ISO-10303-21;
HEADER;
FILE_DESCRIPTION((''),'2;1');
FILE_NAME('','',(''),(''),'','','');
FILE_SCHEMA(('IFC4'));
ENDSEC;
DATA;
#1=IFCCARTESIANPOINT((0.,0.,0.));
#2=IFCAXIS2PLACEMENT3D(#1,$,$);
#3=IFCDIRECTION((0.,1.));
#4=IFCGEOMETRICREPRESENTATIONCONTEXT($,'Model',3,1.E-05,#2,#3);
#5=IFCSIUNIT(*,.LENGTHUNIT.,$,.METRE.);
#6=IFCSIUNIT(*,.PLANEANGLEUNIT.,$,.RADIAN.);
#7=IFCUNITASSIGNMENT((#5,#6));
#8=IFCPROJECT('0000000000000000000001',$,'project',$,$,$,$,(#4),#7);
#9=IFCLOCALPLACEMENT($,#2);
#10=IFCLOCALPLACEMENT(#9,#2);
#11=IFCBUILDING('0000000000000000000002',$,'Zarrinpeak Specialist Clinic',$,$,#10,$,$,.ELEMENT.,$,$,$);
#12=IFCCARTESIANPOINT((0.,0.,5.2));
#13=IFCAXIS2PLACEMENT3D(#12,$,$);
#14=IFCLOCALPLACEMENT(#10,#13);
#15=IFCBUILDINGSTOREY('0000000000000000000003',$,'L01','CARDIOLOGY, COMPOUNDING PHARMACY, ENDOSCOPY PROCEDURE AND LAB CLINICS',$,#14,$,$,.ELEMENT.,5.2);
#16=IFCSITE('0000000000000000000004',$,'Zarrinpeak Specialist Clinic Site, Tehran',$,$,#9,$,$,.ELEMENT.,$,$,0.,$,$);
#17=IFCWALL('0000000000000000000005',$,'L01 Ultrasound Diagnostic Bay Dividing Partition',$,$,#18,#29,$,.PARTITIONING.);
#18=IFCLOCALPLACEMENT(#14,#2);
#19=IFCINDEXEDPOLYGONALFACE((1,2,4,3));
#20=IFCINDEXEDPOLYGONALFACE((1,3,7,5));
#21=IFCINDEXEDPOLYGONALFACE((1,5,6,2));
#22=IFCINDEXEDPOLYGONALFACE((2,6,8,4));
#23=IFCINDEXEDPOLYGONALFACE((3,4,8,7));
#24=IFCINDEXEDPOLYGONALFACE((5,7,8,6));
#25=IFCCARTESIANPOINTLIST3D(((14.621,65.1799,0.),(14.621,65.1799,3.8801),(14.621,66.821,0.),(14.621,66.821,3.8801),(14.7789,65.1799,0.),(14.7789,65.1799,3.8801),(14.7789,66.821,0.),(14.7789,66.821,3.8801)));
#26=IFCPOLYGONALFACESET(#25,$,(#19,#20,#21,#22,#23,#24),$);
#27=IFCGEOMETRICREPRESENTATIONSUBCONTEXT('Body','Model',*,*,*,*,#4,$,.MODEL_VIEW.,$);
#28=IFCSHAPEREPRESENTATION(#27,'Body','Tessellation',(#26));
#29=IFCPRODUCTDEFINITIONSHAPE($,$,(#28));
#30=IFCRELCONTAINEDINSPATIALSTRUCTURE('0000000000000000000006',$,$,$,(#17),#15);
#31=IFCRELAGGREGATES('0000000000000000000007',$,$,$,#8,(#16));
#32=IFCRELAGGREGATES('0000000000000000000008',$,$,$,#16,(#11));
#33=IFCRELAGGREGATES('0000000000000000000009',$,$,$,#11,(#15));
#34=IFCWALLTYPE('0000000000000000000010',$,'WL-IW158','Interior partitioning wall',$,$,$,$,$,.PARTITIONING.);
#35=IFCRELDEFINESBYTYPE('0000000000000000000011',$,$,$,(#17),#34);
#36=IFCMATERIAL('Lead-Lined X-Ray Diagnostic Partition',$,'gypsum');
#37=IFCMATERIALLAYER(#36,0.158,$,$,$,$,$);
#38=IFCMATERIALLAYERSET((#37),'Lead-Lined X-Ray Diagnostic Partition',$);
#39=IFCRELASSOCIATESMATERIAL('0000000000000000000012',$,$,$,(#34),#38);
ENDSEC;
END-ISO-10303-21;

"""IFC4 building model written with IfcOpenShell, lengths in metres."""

from ifc_helpers import new_model, si_unit, direction, frame, frame_2d, origin, place, context, subcontext, project, spatial, rectangle, extrude, material, layer, layer_set, type_object, element, save


model = new_model("IFC4")

# Units and contexts
model_context = context("Model", 3, precision=1e-05, world=origin(), true_north=direction((0.0, 1.0)))
body_context = subcontext(model_context, "Body", "Model", "MODEL_VIEW")
ifc_project = project(units=[si_unit("LENGTHUNIT", "METRE"), si_unit("PLANEANGLEUNIT", "RADIAN")], contexts=[model_context])

# Site, building, storey
site_placement = place(None, origin())
site = spatial("IfcSite", under=ifc_project, at=site_placement, Name="Zarrinpeak Specialist Clinic Site, Tehran", CompositionType="ELEMENT", RefElevation=0.0)
building_placement = place(site_placement, origin())
building = spatial("IfcBuilding", under=site, at=building_placement, Name="Zarrinpeak Specialist Clinic", CompositionType="ELEMENT")
storey_placement = place(building_placement, frame((0.0, 0.0, 5.2)))
storey = spatial("IfcBuildingStorey", under=building, at=storey_placement, Name="L01", Description="CARDIOLOGY, COMPOUNDING PHARMACY, ENDOSCOPY PROCEDURE AND LAB CLINICS", CompositionType="ELEMENT", Elevation=5.2)

# Wall
ifc_material_1 = material(Name="Lead-Lined X-Ray Diagnostic Partition", Category="gypsum")
ifc_layer_1 = layer(ifc_material_1, 0.158)
ifc_layer_set_1 = layer_set([ifc_layer_1], Name="Lead-Lined X-Ray Diagnostic Partition")
wall_type_1 = type_object("IfcWallType", Name="WL-IW158", Description="Interior partitioning wall", PredefinedType="PARTITIONING", material=ifc_layer_set_1)
wall_1_placement = place(storey_placement, frame((14.7, 65.1799, 0.0), z_axis=(0.0, 0.0, 1.0), x_axis=(0.0, 1.0, 0.0)))
element("IfcWall", 1, at=wall_1_placement, inside=storey, type_object=wall_type_1, Name="L01 Ultrasound Diagnostic Bay Dividing Partition", PredefinedType="PARTITIONING", context=body_context, shape_type="SweptSolid", body=[
    extrude(rectangle(XDim=1.6411, YDim=0.158, at=frame_2d((0.8206, 0.0))), origin(), (0.0, 0.0, 1.0), 3.8801),
])

save(model, "model.ifc")
